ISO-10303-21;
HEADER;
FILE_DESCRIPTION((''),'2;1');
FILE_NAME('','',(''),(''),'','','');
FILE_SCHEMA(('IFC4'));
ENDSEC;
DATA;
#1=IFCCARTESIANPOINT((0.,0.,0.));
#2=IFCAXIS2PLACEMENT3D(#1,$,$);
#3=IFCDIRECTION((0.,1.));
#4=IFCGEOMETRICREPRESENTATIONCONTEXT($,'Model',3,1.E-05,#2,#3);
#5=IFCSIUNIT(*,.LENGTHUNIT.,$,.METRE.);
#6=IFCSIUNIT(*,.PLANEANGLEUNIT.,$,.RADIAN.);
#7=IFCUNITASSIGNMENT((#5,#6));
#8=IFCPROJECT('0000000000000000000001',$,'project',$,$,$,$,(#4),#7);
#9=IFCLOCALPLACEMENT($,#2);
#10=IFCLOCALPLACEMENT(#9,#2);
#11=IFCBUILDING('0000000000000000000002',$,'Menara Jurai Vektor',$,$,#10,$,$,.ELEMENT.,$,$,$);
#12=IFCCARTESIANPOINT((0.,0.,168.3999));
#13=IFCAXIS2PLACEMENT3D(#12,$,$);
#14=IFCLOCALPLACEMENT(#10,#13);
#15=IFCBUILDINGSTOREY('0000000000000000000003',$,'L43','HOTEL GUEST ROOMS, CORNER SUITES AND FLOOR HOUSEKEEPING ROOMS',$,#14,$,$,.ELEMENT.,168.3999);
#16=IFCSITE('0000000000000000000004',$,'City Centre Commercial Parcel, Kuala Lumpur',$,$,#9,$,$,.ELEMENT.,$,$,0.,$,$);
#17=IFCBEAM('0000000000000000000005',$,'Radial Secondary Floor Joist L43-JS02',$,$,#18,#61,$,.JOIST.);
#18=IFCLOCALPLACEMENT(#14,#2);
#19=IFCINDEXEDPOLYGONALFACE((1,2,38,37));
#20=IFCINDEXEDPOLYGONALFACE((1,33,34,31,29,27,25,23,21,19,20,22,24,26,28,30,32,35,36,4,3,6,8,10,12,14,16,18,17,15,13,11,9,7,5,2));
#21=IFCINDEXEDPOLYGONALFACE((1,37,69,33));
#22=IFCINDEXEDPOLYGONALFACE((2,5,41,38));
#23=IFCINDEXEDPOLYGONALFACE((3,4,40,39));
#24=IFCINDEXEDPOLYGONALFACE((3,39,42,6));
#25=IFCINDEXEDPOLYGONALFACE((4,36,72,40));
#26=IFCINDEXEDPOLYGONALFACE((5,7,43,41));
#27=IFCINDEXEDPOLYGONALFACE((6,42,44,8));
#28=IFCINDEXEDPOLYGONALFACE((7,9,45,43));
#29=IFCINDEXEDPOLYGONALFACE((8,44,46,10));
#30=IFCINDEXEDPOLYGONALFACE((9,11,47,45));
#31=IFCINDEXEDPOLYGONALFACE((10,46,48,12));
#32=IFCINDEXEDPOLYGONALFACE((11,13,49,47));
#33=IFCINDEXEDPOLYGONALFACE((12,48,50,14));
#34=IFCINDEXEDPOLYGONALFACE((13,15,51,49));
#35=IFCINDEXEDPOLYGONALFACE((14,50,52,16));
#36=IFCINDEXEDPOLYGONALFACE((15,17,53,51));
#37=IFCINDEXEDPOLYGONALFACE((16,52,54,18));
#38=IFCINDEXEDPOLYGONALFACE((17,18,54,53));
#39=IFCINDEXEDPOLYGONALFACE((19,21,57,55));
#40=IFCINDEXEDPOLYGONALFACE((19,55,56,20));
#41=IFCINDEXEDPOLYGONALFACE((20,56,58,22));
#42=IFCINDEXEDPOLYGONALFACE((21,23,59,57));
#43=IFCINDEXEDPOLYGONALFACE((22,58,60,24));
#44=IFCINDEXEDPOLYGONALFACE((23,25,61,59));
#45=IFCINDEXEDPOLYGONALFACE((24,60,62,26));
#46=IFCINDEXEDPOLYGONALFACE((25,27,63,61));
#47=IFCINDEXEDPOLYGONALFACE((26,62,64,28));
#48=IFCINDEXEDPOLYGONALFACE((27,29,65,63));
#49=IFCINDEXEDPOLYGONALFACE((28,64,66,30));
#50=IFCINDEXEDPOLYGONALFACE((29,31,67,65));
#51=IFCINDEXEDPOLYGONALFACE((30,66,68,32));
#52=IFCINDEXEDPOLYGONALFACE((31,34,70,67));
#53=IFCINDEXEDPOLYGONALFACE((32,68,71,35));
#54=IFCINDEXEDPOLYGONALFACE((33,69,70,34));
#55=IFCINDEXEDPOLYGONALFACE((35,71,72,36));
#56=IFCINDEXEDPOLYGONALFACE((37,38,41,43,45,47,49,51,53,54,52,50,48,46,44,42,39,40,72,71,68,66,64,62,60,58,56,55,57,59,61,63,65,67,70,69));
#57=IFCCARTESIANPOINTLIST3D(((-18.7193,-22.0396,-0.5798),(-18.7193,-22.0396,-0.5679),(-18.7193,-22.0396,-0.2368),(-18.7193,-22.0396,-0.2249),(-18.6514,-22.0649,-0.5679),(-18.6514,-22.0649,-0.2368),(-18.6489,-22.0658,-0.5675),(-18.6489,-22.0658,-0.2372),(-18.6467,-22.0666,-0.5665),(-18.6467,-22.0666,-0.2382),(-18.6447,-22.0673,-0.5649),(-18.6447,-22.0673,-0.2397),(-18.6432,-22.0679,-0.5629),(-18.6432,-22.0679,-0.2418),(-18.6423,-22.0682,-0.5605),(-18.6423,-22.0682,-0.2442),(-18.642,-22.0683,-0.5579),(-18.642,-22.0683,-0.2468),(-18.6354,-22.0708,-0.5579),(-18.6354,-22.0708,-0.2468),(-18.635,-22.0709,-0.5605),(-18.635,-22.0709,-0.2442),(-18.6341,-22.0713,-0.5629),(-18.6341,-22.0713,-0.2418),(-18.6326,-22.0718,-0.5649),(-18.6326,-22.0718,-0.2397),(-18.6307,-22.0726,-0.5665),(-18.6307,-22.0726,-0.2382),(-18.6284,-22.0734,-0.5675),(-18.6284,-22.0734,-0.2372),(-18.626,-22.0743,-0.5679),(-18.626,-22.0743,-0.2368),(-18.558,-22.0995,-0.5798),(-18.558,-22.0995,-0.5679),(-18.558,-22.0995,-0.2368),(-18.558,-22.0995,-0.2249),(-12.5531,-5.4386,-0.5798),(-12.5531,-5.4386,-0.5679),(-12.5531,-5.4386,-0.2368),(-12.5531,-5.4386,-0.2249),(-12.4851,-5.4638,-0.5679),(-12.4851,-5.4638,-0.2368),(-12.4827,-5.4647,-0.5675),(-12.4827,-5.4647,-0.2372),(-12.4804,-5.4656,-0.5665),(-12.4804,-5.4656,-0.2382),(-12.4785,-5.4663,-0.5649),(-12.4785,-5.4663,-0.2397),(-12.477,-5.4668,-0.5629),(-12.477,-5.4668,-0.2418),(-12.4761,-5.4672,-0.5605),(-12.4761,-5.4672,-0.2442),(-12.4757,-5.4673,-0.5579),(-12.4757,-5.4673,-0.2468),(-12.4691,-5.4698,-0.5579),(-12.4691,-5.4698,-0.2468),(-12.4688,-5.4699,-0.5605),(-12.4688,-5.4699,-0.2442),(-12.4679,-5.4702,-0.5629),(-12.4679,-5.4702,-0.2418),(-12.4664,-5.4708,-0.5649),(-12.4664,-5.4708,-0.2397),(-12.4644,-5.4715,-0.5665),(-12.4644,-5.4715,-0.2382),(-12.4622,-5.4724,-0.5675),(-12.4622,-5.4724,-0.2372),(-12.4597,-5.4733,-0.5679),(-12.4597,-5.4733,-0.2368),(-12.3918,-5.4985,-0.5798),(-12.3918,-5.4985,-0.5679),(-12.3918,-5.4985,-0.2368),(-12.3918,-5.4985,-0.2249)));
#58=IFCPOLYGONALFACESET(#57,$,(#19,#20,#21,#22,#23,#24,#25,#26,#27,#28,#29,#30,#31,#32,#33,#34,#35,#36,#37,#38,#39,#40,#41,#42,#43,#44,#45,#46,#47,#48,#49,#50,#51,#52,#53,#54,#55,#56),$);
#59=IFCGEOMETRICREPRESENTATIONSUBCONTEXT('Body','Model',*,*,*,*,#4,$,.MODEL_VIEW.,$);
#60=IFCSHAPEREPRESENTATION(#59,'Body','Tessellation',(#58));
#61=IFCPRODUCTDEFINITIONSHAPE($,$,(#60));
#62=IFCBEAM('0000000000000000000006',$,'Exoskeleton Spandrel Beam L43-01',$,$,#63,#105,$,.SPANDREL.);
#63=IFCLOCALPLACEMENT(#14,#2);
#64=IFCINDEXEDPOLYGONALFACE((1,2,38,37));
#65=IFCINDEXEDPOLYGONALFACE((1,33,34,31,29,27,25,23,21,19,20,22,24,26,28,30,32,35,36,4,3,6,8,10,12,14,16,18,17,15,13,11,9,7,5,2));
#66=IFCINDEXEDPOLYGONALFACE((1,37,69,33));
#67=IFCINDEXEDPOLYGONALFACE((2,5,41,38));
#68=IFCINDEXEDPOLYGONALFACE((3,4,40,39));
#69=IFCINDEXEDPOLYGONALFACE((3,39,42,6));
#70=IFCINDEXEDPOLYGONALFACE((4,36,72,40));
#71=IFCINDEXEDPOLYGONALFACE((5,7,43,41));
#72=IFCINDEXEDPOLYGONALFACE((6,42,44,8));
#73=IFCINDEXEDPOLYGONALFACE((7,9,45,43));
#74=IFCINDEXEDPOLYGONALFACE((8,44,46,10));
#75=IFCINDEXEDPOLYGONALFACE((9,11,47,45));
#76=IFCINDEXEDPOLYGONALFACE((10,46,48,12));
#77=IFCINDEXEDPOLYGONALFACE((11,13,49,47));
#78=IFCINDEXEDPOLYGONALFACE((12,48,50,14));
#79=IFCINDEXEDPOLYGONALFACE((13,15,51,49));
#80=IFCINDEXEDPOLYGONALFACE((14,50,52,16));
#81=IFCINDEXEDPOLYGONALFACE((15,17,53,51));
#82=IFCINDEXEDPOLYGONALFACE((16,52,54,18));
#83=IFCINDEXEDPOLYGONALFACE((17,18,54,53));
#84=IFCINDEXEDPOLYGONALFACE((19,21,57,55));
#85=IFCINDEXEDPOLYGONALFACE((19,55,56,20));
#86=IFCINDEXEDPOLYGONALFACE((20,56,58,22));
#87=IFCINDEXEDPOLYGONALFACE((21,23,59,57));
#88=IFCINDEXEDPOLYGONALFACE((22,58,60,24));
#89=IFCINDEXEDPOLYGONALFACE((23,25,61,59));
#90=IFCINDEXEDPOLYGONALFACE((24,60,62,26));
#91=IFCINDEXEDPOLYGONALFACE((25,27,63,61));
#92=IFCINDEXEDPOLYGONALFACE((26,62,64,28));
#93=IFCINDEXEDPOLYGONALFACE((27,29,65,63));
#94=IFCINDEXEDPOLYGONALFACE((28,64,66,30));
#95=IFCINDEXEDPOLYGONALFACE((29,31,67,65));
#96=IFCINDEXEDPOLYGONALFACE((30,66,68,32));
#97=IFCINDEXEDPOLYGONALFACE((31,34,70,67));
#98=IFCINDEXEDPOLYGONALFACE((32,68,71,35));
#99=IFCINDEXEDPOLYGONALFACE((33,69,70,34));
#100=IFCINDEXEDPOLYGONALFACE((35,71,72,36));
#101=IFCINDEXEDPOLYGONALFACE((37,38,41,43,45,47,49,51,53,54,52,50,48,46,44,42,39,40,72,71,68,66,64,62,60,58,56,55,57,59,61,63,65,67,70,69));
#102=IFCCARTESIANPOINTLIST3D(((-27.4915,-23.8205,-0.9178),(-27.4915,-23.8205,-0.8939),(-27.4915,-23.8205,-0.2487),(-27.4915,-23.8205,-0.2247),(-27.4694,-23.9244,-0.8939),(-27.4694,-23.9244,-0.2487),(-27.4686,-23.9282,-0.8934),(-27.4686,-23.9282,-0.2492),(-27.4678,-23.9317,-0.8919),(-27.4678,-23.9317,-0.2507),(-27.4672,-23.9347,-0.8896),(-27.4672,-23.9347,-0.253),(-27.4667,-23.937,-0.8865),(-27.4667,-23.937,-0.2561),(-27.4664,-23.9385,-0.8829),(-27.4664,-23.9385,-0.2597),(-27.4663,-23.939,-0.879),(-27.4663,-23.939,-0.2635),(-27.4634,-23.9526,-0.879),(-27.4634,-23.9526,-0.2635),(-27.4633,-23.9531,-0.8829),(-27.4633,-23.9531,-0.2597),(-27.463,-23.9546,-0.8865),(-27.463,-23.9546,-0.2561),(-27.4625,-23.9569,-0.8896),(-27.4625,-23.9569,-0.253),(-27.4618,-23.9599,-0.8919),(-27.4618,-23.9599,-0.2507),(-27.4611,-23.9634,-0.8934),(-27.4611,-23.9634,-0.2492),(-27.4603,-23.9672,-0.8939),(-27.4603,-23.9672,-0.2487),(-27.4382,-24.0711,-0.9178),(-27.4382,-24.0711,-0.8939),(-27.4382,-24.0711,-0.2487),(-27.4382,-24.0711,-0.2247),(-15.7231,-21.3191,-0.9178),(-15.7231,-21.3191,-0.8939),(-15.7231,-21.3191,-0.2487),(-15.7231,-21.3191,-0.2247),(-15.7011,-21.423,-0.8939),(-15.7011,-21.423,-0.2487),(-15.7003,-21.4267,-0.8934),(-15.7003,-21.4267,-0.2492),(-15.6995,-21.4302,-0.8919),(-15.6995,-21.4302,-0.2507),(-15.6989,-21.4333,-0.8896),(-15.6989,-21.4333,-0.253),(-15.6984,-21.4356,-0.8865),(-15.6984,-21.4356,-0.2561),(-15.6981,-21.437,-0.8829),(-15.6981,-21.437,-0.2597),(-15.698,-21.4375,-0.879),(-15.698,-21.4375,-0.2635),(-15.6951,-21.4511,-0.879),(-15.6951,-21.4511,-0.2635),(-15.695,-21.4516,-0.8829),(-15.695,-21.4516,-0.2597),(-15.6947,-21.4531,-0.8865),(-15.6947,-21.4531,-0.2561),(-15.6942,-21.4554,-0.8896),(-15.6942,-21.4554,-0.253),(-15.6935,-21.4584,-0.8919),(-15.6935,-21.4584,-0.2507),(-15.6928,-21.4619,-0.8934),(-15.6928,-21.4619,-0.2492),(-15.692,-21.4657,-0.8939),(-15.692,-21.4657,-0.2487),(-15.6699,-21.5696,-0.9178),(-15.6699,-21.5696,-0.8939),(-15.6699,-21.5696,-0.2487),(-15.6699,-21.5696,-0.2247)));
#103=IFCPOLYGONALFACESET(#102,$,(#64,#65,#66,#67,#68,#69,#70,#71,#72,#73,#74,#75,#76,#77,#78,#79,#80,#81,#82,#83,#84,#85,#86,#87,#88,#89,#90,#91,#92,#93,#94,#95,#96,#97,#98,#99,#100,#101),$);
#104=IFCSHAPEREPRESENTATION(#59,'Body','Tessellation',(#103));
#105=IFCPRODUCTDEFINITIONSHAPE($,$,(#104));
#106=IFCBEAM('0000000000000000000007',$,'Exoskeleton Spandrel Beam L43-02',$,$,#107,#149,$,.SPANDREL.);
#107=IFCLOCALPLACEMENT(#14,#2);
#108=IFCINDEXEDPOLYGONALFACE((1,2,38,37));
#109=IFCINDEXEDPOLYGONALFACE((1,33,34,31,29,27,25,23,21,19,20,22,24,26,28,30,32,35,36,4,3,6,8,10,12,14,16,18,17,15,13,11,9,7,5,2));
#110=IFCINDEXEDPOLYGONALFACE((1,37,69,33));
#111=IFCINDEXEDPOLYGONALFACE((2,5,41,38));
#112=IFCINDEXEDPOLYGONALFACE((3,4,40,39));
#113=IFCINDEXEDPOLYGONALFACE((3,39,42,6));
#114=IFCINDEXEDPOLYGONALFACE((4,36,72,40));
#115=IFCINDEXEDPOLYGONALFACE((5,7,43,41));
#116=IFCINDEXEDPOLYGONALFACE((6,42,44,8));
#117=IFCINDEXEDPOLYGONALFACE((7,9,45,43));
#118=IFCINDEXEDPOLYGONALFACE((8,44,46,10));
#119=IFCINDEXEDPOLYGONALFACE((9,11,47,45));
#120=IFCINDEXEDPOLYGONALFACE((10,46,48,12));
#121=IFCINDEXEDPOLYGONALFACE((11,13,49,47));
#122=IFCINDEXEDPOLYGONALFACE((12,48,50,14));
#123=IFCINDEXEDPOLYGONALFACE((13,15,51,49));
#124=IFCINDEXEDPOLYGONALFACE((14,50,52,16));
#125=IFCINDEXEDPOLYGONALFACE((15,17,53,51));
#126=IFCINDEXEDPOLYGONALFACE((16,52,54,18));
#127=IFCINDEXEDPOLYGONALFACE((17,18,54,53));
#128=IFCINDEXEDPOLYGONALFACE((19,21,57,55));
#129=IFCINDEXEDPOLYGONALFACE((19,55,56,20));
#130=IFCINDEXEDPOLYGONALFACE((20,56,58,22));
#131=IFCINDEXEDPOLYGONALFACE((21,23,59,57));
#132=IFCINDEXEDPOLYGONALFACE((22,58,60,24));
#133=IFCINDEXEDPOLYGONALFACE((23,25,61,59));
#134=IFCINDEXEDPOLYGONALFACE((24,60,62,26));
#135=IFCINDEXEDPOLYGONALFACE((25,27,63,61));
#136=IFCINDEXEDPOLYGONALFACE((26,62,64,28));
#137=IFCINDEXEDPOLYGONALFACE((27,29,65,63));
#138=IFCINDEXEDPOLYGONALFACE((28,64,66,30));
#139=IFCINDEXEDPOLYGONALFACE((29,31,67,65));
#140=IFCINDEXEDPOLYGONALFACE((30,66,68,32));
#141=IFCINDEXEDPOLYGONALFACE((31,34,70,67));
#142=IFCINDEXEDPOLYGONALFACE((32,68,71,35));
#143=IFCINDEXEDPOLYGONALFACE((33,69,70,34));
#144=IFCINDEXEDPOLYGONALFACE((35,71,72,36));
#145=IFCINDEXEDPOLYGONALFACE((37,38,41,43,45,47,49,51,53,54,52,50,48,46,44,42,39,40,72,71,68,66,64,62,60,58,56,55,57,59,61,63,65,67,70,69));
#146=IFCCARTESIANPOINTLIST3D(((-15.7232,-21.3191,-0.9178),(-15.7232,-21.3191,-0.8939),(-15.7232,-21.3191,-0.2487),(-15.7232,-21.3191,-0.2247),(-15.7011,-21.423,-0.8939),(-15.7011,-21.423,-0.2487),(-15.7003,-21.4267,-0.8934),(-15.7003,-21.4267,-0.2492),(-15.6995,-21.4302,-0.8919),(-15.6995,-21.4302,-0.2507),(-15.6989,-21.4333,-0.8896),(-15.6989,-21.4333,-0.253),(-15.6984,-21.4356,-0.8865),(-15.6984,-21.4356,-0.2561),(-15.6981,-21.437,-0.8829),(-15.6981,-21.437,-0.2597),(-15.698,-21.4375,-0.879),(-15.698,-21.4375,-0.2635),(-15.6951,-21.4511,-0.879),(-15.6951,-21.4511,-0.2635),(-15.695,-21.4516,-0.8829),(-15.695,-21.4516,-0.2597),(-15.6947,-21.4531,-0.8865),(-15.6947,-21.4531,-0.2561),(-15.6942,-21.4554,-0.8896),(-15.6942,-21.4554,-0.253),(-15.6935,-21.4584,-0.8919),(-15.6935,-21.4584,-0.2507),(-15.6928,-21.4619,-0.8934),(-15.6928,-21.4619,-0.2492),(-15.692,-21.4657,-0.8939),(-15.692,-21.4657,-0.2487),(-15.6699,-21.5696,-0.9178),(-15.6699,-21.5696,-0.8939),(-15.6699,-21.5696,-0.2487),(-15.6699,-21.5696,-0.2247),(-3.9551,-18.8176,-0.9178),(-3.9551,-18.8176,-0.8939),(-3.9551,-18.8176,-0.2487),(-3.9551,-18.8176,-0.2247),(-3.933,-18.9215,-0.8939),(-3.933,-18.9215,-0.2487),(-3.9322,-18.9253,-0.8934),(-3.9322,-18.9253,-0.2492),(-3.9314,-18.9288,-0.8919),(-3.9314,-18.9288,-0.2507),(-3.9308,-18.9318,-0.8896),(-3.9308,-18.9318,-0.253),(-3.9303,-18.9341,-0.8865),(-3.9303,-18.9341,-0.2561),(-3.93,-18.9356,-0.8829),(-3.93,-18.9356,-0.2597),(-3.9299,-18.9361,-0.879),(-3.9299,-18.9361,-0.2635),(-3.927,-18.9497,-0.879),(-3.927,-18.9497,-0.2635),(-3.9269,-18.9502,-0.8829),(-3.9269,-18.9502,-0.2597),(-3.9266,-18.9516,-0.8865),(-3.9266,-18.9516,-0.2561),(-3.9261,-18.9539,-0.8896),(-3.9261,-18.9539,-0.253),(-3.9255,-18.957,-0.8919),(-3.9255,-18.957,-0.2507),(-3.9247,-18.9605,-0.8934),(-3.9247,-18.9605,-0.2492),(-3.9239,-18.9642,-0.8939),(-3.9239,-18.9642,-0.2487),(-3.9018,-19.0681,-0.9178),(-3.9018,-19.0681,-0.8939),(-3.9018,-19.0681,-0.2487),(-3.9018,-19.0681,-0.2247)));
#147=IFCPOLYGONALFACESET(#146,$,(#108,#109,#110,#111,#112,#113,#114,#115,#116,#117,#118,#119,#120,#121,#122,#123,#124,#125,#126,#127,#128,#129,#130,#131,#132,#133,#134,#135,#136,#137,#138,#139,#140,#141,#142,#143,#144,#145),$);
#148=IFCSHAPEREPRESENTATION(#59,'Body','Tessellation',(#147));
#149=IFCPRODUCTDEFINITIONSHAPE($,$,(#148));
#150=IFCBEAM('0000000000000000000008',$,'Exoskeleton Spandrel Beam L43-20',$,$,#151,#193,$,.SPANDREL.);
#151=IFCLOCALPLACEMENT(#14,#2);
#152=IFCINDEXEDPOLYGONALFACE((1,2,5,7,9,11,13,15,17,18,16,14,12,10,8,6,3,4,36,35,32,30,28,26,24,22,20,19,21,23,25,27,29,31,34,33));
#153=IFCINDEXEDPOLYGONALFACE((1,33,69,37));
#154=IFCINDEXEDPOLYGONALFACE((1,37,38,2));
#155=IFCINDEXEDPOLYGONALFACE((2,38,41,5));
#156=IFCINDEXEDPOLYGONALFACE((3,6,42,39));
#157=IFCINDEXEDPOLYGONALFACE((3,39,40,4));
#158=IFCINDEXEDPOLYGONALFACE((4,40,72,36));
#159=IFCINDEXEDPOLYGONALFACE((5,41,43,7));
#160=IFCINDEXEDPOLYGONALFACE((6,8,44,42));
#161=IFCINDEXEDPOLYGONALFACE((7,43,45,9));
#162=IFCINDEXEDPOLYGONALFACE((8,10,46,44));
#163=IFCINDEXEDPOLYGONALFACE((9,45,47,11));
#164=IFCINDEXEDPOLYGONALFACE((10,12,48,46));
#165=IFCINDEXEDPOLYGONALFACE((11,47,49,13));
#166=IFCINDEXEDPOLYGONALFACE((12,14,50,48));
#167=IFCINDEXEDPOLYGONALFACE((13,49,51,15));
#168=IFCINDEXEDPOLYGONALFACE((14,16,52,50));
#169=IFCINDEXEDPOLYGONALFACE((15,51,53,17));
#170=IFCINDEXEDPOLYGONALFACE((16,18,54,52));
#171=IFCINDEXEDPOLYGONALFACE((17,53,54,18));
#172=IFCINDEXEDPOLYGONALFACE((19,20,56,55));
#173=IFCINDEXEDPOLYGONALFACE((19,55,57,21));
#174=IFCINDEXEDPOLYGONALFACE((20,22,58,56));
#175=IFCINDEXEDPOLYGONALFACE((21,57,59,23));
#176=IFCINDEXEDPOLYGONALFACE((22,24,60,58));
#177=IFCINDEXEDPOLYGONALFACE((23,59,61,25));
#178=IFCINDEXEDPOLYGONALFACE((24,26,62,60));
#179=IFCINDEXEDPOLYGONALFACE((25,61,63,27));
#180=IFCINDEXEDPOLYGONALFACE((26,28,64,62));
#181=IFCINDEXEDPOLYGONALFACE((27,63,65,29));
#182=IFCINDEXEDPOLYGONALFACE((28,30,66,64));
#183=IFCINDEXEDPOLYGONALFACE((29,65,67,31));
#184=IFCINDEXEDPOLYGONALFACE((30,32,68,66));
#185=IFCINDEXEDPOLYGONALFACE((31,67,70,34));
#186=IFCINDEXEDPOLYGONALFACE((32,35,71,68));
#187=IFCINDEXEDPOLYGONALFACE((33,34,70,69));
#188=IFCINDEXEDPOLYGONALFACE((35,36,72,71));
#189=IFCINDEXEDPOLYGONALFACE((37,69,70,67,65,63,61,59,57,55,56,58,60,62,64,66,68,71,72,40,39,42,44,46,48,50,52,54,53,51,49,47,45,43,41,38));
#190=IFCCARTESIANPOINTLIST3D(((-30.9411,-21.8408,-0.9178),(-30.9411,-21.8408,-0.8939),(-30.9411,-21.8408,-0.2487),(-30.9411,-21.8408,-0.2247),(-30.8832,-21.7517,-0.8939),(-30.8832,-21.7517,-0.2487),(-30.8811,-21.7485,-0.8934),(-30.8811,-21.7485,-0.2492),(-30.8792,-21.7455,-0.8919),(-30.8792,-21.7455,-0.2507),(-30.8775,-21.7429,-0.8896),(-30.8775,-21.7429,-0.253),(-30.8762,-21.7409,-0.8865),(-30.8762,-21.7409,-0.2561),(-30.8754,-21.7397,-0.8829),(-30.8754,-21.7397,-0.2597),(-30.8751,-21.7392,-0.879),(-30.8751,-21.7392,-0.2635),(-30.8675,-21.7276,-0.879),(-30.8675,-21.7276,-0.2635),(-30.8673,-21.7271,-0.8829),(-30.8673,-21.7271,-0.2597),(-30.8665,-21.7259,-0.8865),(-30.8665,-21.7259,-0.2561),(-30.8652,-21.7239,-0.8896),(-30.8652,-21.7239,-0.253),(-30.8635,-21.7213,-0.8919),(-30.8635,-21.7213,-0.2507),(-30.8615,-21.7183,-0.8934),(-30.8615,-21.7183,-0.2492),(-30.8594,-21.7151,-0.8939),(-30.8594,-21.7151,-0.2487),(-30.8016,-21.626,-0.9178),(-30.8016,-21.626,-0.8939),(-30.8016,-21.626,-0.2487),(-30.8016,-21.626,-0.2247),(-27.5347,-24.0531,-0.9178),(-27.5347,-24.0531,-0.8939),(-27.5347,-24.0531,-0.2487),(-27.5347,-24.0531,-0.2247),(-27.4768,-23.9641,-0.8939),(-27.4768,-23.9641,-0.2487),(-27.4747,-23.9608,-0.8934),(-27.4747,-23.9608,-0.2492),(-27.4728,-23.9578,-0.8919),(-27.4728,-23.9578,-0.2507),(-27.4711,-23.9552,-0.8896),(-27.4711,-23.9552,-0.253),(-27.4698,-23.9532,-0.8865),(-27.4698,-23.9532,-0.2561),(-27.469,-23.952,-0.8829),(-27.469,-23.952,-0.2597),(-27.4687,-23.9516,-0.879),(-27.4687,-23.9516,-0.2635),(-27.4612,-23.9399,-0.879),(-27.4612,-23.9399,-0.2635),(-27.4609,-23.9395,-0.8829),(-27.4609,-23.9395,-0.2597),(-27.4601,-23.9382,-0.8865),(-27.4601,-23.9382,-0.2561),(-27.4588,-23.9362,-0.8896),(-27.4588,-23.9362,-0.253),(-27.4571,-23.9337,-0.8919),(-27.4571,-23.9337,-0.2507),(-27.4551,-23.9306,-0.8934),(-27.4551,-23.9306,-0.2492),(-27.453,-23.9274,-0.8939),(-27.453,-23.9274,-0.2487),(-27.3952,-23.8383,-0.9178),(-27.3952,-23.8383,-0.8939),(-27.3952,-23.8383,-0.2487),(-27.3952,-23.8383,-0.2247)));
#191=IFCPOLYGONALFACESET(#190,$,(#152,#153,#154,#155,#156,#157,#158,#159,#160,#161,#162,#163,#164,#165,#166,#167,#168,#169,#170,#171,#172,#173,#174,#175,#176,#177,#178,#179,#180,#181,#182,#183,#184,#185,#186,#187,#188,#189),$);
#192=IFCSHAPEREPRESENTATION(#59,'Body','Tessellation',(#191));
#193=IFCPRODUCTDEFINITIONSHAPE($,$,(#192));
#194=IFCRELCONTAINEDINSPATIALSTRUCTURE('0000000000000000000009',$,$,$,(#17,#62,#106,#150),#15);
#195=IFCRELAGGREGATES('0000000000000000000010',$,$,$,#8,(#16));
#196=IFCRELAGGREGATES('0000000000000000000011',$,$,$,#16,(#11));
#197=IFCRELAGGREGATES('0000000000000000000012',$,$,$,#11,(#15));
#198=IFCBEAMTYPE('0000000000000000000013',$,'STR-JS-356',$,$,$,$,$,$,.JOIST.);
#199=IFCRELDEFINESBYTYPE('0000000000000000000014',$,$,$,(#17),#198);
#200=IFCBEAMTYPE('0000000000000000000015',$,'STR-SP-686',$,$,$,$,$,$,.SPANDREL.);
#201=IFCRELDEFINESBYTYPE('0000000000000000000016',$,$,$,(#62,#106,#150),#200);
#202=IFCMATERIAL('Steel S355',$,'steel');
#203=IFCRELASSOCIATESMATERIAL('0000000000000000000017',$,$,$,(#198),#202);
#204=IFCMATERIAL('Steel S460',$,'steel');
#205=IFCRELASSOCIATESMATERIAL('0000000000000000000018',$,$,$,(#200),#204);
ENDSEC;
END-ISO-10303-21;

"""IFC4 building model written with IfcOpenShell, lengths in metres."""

from ifc_helpers import new_model, si_unit, direction, frame, origin, origin_2d, place, context, subcontext, project, spatial, i_section, extrude, material, material_profile, profile_set, type_object, element, save


model = new_model("IFC4")

# Units and contexts
model_context = context("Model", 3, precision=1e-05, world=origin(), true_north=direction((0.0, 1.0)))
body_context = subcontext(model_context, "Body", "Model", "MODEL_VIEW")
ifc_project = project(units=[si_unit("LENGTHUNIT", "METRE"), si_unit("PLANEANGLEUNIT", "RADIAN")], contexts=[model_context])

# Site, building, storey
site_placement = place(None, origin())
site = spatial("IfcSite", under=ifc_project, at=site_placement, Name="City Centre Commercial Parcel, Kuala Lumpur", CompositionType="ELEMENT", RefElevation=0.0)
building_placement = place(site_placement, origin())
building = spatial("IfcBuilding", under=site, at=building_placement, Name="Menara Jurai Vektor", CompositionType="ELEMENT")
storey_placement = place(building_placement, frame((0.0, 0.0, 168.3999)))
storey = spatial("IfcBuildingStorey", under=building, at=storey_placement, Name="L43", Description="HOTEL GUEST ROOMS, CORNER SUITES AND FLOOR HOUSEKEEPING ROOMS", CompositionType="ELEMENT", Elevation=168.3999)

# Shared definitions
ifc_material_1 = material(Name="Steel S460", Category="steel")

# Shared definitions
ifc_material_2 = material(Name="Steel S355", Category="steel")

# Beams
ifc_material_profile_1 = material_profile(ifc_material_2, i_section(OverallWidth=0.1721, OverallDepth=0.355, WebThickness=0.0071, FlangeThickness=0.012, FilletRadius=0.01, at=origin_2d()), Name="UKB 356x171x51")
ifc_profile_set_1 = profile_set([ifc_material_profile_1], Name="Steel S355")
beam_type_1 = type_object("IfcBeamType", Name="STR-JS-356", PredefinedType="JOIST", material=ifc_profile_set_1)
beam_1_placement = place(storey_placement, frame((-18.6387, -22.0696, -0.4023), z_axis=(0.348194, 0.937423, 0.0), x_axis=(-0.937423, 0.348194, 0.0)))
element("IfcBeam", 1, at=beam_1_placement, inside=storey, type_object=beam_type_1, Name="Radial Secondary Floor Joist L43-JS02", PredefinedType="JOIST", context=body_context, shape_type="SweptSolid", body=[
    extrude(i_section(OverallWidth=0.1721, OverallDepth=0.355, WebThickness=0.0071, FlangeThickness=0.012, FilletRadius=0.01, at=origin_2d()), origin(), (0.0, 0.0, 1.0), 17.7092),
])
ifc_material_profile_2 = material_profile(ifc_material_1, i_section(OverallWidth=0.2561, OverallDepth=0.6931, WebThickness=0.0139, FlangeThickness=0.0239, FilletRadius=0.0149, at=origin_2d()), Name="UKB 686x254x170")
ifc_profile_set_2 = profile_set([ifc_material_profile_2], Name="Steel S460")
beam_type_2 = type_object("IfcBeamType", Name="STR-SP-686", PredefinedType="SPANDREL", material=ifc_profile_set_2)
beam_2_placement = place(storey_placement, frame((-27.4648, -23.9458, -0.5713), z_axis=(0.978147, 0.207914, 0.0), x_axis=(-0.207914, 0.978147, 0.0)))
element("IfcBeam", 2, at=beam_2_placement, inside=storey, type_object=beam_type_2, Name="Exoskeleton Spandrel Beam L43-01", PredefinedType="SPANDREL", context=body_context, shape_type="SweptSolid", body=[
    extrude(i_section(OverallWidth=0.2561, OverallDepth=0.6931, WebThickness=0.0139, FlangeThickness=0.0239, FilletRadius=0.0149, at=origin_2d()), origin(), (0.0, 0.0, 1.0), 12.0312),
])
beam_3_placement = place(storey_placement, frame((-15.6965, -21.4443, -0.5713), z_axis=(0.978146, 0.207918, 0.0), x_axis=(-0.207918, 0.978146, 0.0)))
element("IfcBeam", 3, at=beam_3_placement, inside=storey, type_object=beam_type_2, Name="Exoskeleton Spandrel Beam L43-02", PredefinedType="SPANDREL", context=body_context, shape_type="SweptSolid", body=[
    extrude(i_section(OverallWidth=0.2561, OverallDepth=0.6931, WebThickness=0.0139, FlangeThickness=0.0239, FilletRadius=0.0149, at=origin_2d()), origin(), (0.0, 0.0, 1.0), 12.031),
])
beam_4_placement = place(storey_placement, frame((-30.8713, -21.7334, -0.5713), z_axis=(0.838648, -0.544674, 0.0), x_axis=(0.544674, 0.838648, 0.0)))
element("IfcBeam", 4, at=beam_4_placement, inside=storey, type_object=beam_type_2, Name="Exoskeleton Spandrel Beam L43-20", PredefinedType="SPANDREL", context=body_context, shape_type="SweptSolid", body=[
    extrude(i_section(OverallWidth=0.2561, OverallDepth=0.6931, WebThickness=0.0139, FlangeThickness=0.0239, FilletRadius=0.0149, at=origin_2d()), origin(), (0.0, 0.0, 1.0), 4.0618),
])

save(model, "model.ifc")
